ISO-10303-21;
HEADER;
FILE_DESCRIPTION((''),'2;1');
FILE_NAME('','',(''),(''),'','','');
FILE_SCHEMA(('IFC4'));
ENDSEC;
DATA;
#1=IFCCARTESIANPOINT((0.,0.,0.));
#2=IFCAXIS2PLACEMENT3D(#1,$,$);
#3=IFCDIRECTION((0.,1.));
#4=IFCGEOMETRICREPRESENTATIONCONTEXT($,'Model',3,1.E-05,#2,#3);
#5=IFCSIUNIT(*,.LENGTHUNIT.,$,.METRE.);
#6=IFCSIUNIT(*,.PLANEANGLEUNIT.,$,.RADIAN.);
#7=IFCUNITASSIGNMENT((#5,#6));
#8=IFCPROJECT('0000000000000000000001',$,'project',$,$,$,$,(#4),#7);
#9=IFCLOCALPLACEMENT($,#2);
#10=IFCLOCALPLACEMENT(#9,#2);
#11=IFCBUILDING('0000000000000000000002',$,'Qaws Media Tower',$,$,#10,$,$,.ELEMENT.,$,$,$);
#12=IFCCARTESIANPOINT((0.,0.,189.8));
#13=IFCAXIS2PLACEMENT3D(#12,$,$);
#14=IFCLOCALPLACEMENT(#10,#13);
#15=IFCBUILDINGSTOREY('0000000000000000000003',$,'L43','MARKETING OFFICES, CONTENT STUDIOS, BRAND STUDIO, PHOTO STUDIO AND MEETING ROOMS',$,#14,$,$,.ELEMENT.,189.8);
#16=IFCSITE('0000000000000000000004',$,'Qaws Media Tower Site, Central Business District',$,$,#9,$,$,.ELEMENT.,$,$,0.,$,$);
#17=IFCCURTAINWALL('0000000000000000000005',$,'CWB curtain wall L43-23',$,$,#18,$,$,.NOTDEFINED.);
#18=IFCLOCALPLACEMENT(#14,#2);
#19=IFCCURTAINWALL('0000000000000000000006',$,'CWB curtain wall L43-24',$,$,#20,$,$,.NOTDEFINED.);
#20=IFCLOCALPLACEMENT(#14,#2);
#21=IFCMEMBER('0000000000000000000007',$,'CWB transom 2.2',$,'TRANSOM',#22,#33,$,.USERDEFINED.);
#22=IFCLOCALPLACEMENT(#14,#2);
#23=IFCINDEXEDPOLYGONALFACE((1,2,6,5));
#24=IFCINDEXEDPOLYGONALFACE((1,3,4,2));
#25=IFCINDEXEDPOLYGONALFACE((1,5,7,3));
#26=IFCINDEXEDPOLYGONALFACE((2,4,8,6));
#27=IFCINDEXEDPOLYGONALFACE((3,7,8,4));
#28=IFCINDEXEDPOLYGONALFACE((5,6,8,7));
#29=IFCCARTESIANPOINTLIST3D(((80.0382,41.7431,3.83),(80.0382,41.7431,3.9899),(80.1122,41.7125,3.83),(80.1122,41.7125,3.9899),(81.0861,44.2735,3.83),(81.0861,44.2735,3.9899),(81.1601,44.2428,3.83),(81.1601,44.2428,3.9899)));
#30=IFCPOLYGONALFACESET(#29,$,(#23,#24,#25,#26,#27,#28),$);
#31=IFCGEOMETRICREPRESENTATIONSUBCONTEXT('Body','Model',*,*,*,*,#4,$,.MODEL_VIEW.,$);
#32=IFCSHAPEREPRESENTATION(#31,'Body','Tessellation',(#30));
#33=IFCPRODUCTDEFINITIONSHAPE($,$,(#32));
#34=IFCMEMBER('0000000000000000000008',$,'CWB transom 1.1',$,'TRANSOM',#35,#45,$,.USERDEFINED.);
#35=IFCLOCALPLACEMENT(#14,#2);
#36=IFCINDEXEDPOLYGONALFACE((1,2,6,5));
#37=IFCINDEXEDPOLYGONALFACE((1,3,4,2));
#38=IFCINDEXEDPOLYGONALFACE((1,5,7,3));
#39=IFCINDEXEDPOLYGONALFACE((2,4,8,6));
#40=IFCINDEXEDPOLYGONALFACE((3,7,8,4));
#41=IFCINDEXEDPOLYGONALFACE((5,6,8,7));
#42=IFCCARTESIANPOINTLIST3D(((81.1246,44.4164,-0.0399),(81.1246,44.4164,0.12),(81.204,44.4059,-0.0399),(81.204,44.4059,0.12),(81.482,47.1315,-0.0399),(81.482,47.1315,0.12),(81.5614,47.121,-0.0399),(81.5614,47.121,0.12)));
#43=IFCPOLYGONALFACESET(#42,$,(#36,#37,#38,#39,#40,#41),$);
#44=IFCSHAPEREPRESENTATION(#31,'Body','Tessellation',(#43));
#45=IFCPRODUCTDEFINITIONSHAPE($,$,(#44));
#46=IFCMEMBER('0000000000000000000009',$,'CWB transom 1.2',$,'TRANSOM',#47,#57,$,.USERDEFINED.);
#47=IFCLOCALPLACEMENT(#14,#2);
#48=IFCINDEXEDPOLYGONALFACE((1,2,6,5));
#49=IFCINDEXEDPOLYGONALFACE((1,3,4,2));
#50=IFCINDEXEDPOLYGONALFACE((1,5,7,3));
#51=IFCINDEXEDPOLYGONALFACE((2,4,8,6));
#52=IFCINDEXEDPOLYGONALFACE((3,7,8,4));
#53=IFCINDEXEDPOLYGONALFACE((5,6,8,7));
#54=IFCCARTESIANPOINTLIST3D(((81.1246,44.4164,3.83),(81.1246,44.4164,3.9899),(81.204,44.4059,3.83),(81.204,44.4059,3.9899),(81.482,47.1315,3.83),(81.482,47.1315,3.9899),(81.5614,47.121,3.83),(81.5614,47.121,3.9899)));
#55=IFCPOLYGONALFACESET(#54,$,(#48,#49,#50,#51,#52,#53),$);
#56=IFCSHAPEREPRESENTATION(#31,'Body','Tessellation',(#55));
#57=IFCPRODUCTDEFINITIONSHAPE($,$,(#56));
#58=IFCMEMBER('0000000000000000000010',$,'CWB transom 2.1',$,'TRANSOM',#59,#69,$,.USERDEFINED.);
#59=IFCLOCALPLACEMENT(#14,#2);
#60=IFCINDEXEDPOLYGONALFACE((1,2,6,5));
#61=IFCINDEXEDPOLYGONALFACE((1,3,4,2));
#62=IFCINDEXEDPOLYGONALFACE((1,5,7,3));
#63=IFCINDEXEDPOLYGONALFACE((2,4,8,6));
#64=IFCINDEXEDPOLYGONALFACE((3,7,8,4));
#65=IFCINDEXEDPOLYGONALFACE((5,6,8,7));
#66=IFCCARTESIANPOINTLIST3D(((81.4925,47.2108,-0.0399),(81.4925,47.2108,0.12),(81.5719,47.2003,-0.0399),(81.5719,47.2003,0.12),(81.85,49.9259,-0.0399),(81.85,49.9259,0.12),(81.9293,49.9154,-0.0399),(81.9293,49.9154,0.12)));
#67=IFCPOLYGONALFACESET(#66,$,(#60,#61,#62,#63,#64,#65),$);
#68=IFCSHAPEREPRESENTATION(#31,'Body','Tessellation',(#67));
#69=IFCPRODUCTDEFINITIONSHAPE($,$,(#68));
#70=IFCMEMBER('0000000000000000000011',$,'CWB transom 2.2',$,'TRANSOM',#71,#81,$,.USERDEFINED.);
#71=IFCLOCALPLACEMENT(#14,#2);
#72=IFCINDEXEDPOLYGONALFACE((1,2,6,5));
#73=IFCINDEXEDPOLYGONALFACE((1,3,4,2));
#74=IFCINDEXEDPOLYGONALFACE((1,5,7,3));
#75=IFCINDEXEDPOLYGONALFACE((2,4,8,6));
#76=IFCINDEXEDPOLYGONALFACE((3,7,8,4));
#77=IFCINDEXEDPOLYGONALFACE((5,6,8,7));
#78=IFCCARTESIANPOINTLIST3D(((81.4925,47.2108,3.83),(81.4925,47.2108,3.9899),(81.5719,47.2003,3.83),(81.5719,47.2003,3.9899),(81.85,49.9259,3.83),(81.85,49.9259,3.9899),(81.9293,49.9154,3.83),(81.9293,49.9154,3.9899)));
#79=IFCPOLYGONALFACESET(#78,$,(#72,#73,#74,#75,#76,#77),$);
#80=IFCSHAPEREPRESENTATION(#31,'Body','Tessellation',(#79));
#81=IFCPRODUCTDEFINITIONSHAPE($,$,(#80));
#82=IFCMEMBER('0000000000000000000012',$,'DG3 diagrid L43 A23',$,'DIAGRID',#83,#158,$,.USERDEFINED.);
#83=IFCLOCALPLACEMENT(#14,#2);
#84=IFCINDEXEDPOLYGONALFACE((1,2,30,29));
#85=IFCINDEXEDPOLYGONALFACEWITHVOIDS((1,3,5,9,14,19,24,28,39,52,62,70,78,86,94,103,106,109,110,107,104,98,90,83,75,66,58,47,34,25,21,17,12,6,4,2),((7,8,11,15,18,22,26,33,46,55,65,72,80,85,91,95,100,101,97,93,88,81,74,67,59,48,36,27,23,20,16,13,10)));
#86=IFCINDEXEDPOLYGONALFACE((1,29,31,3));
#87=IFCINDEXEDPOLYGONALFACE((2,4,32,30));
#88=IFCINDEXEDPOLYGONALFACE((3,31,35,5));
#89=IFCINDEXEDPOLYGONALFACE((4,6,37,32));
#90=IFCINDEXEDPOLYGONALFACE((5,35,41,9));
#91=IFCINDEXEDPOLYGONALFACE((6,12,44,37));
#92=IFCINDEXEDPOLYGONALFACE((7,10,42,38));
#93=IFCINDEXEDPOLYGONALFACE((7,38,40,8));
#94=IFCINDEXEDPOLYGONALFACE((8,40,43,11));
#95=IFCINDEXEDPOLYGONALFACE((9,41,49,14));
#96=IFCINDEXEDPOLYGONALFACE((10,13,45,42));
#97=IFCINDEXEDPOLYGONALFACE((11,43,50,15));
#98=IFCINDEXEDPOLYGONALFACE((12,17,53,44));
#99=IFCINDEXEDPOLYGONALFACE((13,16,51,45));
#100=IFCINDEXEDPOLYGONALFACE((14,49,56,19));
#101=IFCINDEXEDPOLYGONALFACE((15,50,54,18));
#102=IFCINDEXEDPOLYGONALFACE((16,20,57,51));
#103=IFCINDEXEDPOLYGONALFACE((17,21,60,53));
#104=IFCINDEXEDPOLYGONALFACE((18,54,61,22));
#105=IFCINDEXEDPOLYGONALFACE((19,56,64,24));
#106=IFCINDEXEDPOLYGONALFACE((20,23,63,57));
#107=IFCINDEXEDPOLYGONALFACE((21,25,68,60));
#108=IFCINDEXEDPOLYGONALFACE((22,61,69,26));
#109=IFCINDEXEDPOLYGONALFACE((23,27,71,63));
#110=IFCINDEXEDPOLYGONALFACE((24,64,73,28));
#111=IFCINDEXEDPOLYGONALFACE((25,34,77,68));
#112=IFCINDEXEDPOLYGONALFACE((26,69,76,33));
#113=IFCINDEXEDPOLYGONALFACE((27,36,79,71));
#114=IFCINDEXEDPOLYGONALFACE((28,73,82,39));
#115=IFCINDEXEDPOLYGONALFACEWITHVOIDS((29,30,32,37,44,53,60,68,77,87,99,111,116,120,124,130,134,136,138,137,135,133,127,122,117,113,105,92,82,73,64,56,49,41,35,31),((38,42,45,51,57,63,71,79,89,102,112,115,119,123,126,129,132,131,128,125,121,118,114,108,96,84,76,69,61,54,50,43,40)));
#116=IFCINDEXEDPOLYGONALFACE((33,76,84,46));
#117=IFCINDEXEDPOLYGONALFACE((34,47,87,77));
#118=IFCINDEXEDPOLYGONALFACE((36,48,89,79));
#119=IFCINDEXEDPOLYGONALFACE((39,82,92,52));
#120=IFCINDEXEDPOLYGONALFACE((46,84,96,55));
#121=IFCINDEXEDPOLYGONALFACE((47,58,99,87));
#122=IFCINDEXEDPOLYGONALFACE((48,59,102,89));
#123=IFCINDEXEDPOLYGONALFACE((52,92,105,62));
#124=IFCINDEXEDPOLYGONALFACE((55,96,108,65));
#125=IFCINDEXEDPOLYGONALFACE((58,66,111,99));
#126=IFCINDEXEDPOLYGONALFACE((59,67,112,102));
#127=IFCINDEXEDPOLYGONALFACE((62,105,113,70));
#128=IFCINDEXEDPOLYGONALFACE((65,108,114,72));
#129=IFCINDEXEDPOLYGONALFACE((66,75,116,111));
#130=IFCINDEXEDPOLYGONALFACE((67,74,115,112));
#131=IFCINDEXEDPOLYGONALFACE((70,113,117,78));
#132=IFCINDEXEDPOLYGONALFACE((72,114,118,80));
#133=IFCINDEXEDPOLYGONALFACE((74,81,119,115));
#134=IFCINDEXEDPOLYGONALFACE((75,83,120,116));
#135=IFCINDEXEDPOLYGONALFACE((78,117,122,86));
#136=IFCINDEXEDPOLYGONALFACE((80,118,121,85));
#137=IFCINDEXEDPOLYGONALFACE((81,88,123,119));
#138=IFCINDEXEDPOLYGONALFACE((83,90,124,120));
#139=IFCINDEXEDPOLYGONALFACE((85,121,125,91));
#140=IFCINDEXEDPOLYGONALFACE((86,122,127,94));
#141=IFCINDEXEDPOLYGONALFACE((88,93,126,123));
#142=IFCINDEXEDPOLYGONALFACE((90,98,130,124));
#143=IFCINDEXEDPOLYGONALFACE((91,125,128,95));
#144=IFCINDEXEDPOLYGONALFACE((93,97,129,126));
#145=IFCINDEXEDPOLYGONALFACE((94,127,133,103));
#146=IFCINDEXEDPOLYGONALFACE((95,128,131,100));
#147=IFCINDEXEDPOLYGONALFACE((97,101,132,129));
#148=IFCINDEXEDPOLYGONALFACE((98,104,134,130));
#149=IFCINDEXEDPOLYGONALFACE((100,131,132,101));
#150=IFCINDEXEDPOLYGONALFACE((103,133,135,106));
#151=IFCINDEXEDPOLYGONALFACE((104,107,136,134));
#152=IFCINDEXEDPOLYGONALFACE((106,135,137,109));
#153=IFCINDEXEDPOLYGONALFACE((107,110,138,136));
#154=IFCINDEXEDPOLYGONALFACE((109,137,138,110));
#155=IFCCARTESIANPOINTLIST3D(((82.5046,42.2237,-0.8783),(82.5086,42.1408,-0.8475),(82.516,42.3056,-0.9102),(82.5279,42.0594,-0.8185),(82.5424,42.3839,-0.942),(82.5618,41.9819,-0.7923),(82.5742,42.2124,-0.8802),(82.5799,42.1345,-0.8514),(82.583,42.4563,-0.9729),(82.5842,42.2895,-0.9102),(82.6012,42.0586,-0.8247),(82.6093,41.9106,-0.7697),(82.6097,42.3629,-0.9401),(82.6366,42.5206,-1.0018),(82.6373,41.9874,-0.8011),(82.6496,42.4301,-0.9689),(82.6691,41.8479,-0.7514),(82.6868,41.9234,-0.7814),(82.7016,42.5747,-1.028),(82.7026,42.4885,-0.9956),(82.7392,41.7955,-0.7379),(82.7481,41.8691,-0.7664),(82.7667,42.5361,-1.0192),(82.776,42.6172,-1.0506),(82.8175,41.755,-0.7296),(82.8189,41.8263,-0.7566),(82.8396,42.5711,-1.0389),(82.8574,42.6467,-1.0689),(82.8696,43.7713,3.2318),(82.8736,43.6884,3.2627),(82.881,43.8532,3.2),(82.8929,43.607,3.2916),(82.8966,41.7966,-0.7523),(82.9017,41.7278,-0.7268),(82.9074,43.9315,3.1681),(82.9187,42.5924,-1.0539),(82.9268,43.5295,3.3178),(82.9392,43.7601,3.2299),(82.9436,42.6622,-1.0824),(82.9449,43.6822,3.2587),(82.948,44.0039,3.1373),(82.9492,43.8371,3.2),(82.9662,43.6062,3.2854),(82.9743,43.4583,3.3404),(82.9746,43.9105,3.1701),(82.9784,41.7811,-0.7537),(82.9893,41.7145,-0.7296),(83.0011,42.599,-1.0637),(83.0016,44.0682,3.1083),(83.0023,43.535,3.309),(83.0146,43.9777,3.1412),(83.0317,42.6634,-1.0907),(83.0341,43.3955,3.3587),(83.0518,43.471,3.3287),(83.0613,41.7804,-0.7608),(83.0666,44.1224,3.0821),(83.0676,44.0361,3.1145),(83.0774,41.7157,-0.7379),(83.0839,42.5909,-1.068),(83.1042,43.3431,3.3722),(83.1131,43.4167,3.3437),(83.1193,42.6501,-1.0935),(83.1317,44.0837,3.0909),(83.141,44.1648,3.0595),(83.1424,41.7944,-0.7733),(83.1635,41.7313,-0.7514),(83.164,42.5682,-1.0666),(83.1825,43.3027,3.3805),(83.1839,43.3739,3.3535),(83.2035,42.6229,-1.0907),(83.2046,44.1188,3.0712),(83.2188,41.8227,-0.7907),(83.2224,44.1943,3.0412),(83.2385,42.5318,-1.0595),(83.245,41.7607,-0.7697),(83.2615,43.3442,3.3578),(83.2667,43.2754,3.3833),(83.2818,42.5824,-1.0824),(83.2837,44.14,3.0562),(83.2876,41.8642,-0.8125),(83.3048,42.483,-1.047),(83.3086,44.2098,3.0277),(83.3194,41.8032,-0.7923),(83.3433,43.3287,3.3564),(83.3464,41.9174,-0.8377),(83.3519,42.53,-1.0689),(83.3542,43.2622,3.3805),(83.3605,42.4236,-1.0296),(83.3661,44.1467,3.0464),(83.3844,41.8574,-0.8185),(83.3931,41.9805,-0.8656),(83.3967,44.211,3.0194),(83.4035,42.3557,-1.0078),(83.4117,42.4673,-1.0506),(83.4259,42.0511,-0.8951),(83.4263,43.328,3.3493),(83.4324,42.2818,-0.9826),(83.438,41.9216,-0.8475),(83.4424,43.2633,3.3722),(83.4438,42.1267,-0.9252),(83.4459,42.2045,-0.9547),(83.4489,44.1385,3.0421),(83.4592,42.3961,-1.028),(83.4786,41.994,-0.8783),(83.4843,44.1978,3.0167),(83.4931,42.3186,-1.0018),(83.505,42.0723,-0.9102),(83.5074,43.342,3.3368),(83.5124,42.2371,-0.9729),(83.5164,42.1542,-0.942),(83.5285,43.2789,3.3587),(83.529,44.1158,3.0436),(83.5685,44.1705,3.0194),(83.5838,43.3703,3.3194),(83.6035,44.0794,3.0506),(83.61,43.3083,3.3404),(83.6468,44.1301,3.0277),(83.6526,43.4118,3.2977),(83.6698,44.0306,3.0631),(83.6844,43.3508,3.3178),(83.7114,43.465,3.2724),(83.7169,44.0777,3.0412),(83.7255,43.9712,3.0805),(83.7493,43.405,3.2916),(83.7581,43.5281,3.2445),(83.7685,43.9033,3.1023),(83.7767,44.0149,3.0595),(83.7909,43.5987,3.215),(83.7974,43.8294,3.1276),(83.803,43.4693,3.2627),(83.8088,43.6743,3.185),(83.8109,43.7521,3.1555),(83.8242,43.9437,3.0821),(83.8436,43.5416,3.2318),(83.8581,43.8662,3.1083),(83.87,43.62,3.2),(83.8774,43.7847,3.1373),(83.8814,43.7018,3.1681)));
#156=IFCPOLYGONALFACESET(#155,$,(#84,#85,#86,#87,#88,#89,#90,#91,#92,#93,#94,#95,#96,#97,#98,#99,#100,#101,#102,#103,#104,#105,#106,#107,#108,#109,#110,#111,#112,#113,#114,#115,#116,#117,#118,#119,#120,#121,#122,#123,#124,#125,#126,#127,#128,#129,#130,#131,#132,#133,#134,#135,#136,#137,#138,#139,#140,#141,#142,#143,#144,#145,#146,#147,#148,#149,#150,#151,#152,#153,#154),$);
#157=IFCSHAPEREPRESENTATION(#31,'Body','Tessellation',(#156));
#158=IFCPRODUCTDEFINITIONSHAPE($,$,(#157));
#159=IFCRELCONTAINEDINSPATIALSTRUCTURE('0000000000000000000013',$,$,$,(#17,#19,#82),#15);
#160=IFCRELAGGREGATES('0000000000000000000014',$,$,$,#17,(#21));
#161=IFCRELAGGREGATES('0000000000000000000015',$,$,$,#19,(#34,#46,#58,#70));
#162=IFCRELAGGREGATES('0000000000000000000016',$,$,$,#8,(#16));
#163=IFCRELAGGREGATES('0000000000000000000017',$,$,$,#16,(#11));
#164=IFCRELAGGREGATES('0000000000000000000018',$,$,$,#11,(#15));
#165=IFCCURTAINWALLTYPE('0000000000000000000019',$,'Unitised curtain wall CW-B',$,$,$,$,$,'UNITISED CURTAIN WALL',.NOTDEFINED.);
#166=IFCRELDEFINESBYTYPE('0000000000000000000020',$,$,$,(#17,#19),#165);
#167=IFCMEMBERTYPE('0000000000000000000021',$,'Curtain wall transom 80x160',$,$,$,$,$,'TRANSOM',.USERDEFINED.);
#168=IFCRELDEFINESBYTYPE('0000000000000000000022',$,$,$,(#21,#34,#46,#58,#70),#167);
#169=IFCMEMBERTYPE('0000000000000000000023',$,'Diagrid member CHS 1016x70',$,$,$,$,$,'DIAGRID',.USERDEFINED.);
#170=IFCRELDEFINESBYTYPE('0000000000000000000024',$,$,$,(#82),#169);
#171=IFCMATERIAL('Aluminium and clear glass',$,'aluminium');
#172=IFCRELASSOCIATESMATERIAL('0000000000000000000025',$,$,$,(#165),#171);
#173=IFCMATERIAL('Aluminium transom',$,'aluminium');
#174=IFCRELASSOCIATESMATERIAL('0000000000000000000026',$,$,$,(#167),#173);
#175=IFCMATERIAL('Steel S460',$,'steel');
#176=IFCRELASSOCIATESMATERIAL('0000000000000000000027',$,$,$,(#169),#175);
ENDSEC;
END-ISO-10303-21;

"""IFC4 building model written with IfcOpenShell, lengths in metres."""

from ifc_helpers import new_model, si_unit, direction, frame, origin, origin_2d, place, context, subcontext, project, spatial, rectangle, hollow_circle, extrude, material, material_profile, profile_set, type_object, element, aggregate, save


model = new_model("IFC4")

# Units and contexts
model_context = context("Model", 3, precision=1e-05, world=origin(), true_north=direction((0.0, 1.0)))
body_context = subcontext(model_context, "Body", "Model", "MODEL_VIEW")
ifc_project = project(units=[si_unit("LENGTHUNIT", "METRE"), si_unit("PLANEANGLEUNIT", "RADIAN")], contexts=[model_context])

# Site, building, storey
site_placement = place(None, origin())
site = spatial("IfcSite", under=ifc_project, at=site_placement, Name="Qaws Media Tower Site, Central Business District", CompositionType="ELEMENT", RefElevation=0.0)
building_placement = place(site_placement, origin())
building = spatial("IfcBuilding", under=site, at=building_placement, Name="Qaws Media Tower", CompositionType="ELEMENT")
storey_placement = place(building_placement, frame((0.0, 0.0, 189.8)))
storey = spatial("IfcBuildingStorey", under=building, at=storey_placement, Name="L43", Description="MARKETING OFFICES, CONTENT STUDIOS, BRAND STUDIO, PHOTO STUDIO AND MEETING ROOMS", CompositionType="ELEMENT", Elevation=189.8)

# Curtain walls
ifc_material_1 = material(Name="Aluminium and clear glass", Category="aluminium")
curtain_wall_type = type_object("IfcCurtainWallType", Name="Unitised curtain wall CW-B", ElementType="UNITISED CURTAIN WALL", PredefinedType="NOTDEFINED", material=ifc_material_1)
curtain_wall_1_placement = place(storey_placement, origin())
curtain_wall_1 = element("IfcCurtainWall", 1, at=curtain_wall_1_placement, inside=storey, type_object=curtain_wall_type, Name="CWB curtain wall L43-23", PredefinedType="NOTDEFINED")
curtain_wall_2_placement = place(storey_placement, origin())
curtain_wall_2 = element("IfcCurtainWall", 2, at=curtain_wall_2_placement, inside=storey, type_object=curtain_wall_type, Name="CWB curtain wall L43-24", PredefinedType="NOTDEFINED")

# Members
ifc_material_2 = material(Name="Aluminium transom", Category="aluminium")
ifc_material_profile_1 = material_profile(ifc_material_2, rectangle(XDim=0.0801, YDim=0.1599, at=origin_2d()), Name="80x160")
ifc_profile_set_1 = profile_set([ifc_material_profile_1], Name="Aluminium transom")
member_type_1 = type_object("IfcMemberType", Name="Curtain wall transom 80x160", ElementType="TRANSOM", PredefinedType="USERDEFINED", material=ifc_profile_set_1)
member_1_placement = place(storey_placement, frame((80.0752, 41.7278, 3.9099), z_axis=(0.382614, 0.923908, 0.0), x_axis=(-0.923908, 0.382614, 0.0)))
member_1 = element("IfcMember", 3, at=member_1_placement, type_object=member_type_1, Name="CWB transom 2.2", ObjectType="TRANSOM", PredefinedType="USERDEFINED", context=body_context, shape_type="SweptSolid", body=[
    extrude(rectangle(XDim=0.0801, YDim=0.1599, at=origin_2d()), origin(), (0.0, 0.0, 1.0), 2.7388),
])
member_2_placement = place(storey_placement, frame((81.1643, 44.4111, 0.04), z_axis=(0.130517, 0.991446, 0.0), x_axis=(-0.991446, 0.130517, 0.0)))
member_2 = element("IfcMember", 4, at=member_2_placement, type_object=member_type_1, Name="CWB transom 1.1", ObjectType="TRANSOM", PredefinedType="USERDEFINED", context=body_context, shape_type="SweptSolid", body=[
    extrude(rectangle(XDim=0.0801, YDim=0.1599, at=origin_2d()), origin(), (0.0, 0.0, 1.0), 2.7385),
])
member_3_placement = place(storey_placement, frame((81.1643, 44.4111, 3.9099), z_axis=(0.130517, 0.991446, 0.0), x_axis=(-0.991446, 0.130517, 0.0)))
member_3 = element("IfcMember", 5, at=member_3_placement, type_object=member_type_1, Name="CWB transom 1.2", ObjectType="TRANSOM", PredefinedType="USERDEFINED", context=body_context, shape_type="SweptSolid", body=[
    extrude(rectangle(XDim=0.0801, YDim=0.1599, at=origin_2d()), origin(), (0.0, 0.0, 1.0), 2.7385),
])
member_4_placement = place(storey_placement, frame((81.5322, 47.2056, 0.04), z_axis=(0.130517, 0.991446, 0.0), x_axis=(-0.991446, 0.130517, 0.0)))
member_4 = element("IfcMember", 6, at=member_4_placement, type_object=member_type_1, Name="CWB transom 2.1", ObjectType="TRANSOM", PredefinedType="USERDEFINED", context=body_context, shape_type="SweptSolid", body=[
    extrude(rectangle(XDim=0.0801, YDim=0.1599, at=origin_2d()), origin(), (0.0, 0.0, 1.0), 2.7385),
])
member_5_placement = place(storey_placement, frame((81.5322, 47.2056, 3.9099), z_axis=(0.130517, 0.991446, 0.0), x_axis=(-0.991446, 0.130517, 0.0)))
member_5 = element("IfcMember", 7, at=member_5_placement, type_object=member_type_1, Name="CWB transom 2.2", ObjectType="TRANSOM", PredefinedType="USERDEFINED", context=body_context, shape_type="SweptSolid", body=[
    extrude(rectangle(XDim=0.0801, YDim=0.1599, at=origin_2d()), origin(), (0.0, 0.0, 1.0), 2.7385),
])

# Member
ifc_material_3 = material(Name="Steel S460", Category="steel")
ifc_material_profile_2 = material_profile(ifc_material_3, hollow_circle(Radius=0.5081, WallThickness=0.0701, at=origin_2d()), Name="CHS 1016x70")
ifc_profile_set_2 = profile_set([ifc_material_profile_2], Name="Steel S460")
member_type_2 = type_object("IfcMemberType", Name="Diagrid member CHS 1016x70", ElementType="DIAGRID", PredefinedType="USERDEFINED", material=ifc_profile_set_2)
for number, where, z_axis, x_axis, name in (
    (8, (83.0105, 42.189, -0.9102), (0.082821, 0.351174, 0.93264), (-0.973298, 0.229544, 0.0), "DG3 diagrid L43 A23"),
):
    element("IfcMember", number, at=place(storey_placement, frame(where, z_axis=z_axis, x_axis=x_axis)), inside=storey, type_object=member_type_2, Name=name, ObjectType="DIAGRID", PredefinedType="USERDEFINED", context=body_context, shape_type="SweptSolid", body=[
        extrude(hollow_circle(Radius=0.5081, WallThickness=0.0701, at=origin_2d()), origin(), (0.0, 0.0, 1.0), 4.407),
    ])

aggregate(curtain_wall_1, [member_1])
aggregate(curtain_wall_2, [member_2, member_3, member_4, member_5])

save(model, "model.ifc")
